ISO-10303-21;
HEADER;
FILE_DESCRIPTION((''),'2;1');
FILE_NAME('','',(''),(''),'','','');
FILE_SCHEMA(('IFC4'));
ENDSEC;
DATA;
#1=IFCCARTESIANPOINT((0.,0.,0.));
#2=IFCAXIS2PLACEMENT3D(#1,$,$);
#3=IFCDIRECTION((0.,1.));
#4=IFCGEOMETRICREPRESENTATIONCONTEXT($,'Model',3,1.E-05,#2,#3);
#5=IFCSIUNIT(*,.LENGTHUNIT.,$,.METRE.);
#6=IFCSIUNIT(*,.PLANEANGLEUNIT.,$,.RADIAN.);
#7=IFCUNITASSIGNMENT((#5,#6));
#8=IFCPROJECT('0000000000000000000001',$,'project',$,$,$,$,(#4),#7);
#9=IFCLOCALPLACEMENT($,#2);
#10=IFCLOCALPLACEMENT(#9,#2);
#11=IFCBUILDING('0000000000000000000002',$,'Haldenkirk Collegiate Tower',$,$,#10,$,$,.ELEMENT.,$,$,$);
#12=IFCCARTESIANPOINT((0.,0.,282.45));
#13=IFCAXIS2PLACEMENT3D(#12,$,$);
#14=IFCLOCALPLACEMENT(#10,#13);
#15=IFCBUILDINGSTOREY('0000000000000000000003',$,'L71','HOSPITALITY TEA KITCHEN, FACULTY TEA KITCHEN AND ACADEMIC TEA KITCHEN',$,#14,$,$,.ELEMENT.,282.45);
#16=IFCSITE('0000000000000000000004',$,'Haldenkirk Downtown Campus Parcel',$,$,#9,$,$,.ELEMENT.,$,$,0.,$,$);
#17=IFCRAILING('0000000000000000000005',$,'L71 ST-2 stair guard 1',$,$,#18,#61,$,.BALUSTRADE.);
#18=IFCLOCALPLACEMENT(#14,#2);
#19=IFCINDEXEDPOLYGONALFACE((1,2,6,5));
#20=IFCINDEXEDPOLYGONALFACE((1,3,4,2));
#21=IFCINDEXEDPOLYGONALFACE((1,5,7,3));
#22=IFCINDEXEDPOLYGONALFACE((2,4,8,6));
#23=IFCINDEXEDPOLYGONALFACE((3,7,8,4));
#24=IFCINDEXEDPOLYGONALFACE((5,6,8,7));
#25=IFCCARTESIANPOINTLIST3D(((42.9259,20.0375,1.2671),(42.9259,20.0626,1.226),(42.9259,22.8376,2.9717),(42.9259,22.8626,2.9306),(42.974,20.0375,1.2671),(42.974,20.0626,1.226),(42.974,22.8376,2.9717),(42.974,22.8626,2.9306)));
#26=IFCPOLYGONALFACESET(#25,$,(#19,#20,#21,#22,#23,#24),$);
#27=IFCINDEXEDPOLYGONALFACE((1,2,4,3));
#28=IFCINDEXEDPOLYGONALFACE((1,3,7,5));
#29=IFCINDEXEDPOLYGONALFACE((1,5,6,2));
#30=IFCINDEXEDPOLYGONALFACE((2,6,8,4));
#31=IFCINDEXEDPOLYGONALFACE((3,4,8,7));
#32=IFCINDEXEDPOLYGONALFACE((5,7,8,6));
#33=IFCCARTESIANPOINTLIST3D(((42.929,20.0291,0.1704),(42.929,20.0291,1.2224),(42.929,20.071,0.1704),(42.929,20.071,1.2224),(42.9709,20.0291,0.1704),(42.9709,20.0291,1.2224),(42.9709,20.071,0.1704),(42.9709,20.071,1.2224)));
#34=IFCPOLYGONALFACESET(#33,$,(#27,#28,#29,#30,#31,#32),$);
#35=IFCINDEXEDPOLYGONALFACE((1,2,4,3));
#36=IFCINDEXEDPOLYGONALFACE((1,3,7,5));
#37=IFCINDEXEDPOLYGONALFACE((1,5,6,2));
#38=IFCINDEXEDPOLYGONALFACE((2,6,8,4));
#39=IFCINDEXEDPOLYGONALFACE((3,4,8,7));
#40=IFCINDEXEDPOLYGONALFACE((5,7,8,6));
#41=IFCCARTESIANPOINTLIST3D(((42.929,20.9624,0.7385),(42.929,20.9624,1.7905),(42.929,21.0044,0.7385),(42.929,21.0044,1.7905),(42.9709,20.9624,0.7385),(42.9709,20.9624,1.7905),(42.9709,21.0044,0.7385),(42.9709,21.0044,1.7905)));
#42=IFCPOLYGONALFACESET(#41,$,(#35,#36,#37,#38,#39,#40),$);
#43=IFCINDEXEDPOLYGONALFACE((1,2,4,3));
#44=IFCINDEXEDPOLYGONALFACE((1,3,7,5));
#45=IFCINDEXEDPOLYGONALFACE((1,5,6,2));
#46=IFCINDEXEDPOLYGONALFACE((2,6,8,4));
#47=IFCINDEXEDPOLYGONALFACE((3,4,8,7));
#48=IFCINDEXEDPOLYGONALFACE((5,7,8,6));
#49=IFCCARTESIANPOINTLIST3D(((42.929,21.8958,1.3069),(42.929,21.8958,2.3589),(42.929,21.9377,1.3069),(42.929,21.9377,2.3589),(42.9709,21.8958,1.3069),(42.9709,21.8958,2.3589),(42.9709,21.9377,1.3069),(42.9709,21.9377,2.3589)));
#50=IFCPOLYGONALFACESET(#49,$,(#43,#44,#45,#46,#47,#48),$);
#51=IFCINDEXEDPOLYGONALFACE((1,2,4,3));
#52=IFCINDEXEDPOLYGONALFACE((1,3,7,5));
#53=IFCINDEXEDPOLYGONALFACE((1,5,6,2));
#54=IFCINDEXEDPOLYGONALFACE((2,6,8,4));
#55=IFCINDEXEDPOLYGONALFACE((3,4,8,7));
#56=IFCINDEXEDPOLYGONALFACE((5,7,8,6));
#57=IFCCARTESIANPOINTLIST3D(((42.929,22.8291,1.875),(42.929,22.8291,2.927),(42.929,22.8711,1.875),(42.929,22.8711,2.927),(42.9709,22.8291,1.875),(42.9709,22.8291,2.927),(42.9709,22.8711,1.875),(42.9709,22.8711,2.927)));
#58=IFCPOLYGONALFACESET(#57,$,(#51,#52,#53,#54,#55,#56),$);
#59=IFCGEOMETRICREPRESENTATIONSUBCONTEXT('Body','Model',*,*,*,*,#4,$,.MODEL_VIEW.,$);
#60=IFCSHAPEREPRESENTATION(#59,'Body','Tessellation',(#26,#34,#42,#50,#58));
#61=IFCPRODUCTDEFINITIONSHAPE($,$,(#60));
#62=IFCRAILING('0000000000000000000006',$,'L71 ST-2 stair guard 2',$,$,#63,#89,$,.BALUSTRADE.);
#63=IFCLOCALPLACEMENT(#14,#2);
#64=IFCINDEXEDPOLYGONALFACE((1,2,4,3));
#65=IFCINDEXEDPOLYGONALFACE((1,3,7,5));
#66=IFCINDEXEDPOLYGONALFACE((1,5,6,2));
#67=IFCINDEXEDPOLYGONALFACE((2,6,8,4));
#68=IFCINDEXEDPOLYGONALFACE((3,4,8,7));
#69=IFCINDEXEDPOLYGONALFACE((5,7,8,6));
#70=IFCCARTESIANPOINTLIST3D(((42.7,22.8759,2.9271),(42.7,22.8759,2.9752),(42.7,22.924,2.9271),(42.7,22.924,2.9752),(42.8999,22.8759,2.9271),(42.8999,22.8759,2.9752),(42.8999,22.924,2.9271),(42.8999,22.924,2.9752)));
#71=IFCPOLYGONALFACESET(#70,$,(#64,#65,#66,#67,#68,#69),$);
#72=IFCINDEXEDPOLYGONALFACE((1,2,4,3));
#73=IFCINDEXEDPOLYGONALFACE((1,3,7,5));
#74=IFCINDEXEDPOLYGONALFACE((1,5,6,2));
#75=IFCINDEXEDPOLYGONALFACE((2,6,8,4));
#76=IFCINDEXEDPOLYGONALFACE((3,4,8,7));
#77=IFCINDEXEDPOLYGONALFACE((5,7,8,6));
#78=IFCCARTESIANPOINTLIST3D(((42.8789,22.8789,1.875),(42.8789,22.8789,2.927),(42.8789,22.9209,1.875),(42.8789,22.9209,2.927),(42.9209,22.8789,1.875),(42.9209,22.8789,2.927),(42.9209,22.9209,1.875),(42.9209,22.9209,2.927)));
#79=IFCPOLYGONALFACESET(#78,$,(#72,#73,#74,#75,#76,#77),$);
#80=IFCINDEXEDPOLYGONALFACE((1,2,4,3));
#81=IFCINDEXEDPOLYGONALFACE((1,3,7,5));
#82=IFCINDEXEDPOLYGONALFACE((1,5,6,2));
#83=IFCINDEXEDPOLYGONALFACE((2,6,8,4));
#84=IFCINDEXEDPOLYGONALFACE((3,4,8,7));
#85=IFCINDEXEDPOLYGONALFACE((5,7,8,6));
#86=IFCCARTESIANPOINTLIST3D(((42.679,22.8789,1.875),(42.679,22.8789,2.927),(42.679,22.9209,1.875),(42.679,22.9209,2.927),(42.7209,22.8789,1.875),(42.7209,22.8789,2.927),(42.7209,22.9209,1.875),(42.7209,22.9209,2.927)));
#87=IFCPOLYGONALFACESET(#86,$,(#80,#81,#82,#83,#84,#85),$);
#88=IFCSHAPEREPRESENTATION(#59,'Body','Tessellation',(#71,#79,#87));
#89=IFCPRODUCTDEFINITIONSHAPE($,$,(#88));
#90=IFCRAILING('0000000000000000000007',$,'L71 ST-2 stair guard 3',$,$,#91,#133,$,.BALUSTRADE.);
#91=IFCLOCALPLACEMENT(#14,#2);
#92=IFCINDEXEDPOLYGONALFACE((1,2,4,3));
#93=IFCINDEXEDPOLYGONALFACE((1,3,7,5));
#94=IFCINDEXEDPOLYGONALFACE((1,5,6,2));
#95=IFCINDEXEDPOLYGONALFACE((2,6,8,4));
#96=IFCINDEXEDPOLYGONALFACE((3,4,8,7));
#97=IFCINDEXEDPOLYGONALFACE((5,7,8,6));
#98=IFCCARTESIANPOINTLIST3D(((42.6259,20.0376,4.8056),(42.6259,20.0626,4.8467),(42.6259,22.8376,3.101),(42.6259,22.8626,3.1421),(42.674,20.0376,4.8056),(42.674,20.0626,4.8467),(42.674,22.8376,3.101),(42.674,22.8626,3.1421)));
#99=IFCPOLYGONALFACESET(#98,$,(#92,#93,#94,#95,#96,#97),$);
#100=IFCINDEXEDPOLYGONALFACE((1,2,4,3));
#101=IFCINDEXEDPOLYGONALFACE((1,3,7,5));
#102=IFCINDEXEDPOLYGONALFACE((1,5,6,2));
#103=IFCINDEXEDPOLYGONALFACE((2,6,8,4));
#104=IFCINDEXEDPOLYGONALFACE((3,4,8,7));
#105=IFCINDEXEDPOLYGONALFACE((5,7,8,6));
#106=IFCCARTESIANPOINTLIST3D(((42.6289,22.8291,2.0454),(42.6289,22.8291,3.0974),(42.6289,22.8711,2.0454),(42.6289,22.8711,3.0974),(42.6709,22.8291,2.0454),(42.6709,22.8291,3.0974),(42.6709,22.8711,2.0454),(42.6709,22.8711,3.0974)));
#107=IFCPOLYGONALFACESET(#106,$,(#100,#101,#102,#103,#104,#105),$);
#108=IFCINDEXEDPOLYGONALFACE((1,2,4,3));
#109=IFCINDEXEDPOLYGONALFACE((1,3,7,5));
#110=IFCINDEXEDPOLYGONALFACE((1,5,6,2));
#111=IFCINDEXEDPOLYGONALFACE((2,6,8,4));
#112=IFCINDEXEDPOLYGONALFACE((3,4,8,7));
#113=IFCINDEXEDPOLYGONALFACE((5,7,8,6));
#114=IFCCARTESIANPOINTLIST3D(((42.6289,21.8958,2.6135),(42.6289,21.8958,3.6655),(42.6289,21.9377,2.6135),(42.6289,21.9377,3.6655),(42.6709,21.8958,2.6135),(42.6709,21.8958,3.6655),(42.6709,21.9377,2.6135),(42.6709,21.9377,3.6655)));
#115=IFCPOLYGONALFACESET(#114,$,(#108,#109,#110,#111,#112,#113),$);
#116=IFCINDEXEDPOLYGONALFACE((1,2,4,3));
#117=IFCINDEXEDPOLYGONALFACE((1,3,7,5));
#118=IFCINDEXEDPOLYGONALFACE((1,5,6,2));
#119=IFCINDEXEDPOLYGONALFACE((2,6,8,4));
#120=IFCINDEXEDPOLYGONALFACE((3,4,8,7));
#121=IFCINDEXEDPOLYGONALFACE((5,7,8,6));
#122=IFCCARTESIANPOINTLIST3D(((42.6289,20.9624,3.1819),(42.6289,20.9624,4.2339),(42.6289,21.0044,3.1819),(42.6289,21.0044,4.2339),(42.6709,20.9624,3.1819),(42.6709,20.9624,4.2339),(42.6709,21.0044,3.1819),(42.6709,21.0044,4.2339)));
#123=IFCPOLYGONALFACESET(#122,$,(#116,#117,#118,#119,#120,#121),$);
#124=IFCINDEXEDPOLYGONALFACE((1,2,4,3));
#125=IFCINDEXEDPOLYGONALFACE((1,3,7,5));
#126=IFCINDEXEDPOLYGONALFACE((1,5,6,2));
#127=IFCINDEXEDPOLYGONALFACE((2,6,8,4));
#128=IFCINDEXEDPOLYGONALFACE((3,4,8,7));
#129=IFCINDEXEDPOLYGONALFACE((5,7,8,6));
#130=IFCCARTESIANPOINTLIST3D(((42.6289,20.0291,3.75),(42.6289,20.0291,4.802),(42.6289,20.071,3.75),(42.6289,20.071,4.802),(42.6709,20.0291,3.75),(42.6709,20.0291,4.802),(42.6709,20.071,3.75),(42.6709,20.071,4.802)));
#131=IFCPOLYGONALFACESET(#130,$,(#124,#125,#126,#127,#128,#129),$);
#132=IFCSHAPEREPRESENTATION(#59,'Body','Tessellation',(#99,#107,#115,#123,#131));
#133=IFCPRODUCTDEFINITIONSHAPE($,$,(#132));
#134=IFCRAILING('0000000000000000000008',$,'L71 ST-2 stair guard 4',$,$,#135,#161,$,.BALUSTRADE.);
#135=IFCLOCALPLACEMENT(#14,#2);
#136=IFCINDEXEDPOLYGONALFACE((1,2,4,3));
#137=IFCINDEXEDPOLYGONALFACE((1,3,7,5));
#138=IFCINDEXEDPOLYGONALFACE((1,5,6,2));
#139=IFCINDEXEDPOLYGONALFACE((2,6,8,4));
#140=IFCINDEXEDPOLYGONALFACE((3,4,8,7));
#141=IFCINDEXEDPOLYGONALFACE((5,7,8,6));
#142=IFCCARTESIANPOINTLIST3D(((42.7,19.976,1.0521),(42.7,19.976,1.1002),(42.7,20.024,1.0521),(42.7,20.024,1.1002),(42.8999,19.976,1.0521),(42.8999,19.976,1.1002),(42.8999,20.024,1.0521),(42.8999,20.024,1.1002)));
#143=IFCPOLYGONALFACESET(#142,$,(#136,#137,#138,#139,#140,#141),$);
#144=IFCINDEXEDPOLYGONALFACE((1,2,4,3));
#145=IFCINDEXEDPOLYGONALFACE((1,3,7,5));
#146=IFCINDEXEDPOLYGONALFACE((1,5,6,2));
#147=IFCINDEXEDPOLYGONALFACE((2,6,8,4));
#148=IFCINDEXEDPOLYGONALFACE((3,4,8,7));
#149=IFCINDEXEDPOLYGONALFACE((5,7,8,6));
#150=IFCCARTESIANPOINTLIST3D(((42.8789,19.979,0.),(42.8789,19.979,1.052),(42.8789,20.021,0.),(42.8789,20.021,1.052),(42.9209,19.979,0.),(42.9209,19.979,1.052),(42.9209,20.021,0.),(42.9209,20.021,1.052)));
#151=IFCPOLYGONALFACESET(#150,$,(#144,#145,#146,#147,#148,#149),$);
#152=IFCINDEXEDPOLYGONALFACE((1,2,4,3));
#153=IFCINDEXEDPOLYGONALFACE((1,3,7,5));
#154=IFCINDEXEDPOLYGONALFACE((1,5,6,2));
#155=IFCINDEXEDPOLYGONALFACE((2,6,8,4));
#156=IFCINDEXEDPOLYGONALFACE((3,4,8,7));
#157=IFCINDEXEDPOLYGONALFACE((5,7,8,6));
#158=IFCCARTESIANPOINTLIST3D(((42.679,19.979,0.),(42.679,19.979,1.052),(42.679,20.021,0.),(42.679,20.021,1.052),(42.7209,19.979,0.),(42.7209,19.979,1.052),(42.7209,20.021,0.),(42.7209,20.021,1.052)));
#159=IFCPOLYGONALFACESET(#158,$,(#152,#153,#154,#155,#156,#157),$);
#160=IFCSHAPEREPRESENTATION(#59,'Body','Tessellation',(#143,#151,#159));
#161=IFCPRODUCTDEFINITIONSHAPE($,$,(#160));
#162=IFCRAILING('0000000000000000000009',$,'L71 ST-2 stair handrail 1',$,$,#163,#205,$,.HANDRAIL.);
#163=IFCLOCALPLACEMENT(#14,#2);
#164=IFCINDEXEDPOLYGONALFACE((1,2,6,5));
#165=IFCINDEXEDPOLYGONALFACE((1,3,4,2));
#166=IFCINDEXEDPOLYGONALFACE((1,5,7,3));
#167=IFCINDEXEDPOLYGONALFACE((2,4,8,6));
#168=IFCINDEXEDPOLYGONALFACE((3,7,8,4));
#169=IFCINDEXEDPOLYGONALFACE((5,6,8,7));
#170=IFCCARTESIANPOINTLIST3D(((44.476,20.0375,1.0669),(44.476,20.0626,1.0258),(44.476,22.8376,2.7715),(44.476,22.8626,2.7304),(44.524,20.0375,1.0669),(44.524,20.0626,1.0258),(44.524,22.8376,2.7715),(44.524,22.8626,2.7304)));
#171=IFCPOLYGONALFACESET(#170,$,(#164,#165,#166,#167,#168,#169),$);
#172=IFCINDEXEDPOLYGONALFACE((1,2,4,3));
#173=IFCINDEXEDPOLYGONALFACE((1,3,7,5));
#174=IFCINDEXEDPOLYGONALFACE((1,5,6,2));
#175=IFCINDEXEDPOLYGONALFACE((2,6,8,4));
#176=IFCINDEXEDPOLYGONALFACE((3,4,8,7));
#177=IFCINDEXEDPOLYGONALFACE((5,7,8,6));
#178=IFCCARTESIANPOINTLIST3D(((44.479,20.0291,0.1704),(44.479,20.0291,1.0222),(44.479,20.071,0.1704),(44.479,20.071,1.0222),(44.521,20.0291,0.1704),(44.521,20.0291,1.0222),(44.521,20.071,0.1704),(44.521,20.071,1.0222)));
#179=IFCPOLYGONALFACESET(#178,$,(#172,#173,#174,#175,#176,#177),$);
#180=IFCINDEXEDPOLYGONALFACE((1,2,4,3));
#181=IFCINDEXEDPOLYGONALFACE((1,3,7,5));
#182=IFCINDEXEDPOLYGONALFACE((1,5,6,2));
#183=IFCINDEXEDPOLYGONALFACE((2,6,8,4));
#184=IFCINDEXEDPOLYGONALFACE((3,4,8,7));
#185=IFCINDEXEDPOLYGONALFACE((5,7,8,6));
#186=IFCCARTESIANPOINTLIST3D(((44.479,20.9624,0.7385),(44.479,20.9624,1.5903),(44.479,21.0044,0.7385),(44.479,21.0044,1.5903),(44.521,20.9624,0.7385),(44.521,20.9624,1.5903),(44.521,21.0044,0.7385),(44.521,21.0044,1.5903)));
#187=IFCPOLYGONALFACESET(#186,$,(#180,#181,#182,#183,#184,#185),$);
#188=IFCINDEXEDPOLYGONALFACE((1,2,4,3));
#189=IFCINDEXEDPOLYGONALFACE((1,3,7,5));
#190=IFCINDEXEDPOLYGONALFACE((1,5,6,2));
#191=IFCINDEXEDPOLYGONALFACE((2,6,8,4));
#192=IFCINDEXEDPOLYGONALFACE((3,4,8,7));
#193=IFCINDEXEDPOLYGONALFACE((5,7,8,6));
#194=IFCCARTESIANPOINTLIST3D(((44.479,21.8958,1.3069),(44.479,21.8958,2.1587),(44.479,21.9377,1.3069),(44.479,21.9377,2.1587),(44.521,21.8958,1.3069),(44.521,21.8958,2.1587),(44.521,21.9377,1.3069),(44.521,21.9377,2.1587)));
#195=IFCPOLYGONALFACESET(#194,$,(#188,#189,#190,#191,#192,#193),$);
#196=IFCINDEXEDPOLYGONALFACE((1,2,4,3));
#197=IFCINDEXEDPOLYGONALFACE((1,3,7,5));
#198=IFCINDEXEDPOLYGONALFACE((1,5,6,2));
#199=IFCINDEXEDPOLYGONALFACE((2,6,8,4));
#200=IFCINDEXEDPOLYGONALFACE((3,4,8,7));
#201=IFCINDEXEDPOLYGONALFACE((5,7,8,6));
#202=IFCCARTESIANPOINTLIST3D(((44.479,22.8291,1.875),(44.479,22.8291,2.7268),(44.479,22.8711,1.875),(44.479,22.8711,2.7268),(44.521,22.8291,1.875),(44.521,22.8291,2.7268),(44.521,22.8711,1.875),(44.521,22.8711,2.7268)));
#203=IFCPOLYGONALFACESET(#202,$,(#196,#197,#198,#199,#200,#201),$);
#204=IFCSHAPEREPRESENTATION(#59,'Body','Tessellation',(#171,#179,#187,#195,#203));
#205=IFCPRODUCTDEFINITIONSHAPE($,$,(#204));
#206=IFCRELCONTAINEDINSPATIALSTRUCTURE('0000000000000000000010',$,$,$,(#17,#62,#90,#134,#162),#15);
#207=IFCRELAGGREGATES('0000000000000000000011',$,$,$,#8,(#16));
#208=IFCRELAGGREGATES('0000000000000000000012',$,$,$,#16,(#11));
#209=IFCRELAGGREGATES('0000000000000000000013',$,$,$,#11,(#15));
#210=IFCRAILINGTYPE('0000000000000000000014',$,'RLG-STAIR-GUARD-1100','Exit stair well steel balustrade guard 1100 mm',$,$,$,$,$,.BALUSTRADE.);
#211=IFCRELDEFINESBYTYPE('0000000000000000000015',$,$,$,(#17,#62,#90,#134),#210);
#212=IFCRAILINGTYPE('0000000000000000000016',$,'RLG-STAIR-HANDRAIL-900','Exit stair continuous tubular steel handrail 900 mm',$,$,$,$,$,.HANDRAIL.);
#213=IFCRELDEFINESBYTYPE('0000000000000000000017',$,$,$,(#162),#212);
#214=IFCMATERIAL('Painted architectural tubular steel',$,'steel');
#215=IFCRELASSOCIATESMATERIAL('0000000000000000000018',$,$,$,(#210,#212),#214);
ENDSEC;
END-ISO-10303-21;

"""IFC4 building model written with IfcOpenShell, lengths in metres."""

from ifc_helpers import new_model, si_unit, direction, frame, origin, origin_2d, place, context, subcontext, project, spatial, rectangle, extrude, material, type_object, element, save


model = new_model("IFC4")

# Units and contexts
model_context = context("Model", 3, precision=1e-05, world=origin(), true_north=direction((0.0, 1.0)))
body_context = subcontext(model_context, "Body", "Model", "MODEL_VIEW")
ifc_project = project(units=[si_unit("LENGTHUNIT", "METRE"), si_unit("PLANEANGLEUNIT", "RADIAN")], contexts=[model_context])

# Site, building, storey
site_placement = place(None, origin())
site = spatial("IfcSite", under=ifc_project, at=site_placement, Name="Haldenkirk Downtown Campus Parcel", CompositionType="ELEMENT", RefElevation=0.0)
building_placement = place(site_placement, origin())
building = spatial("IfcBuilding", under=site, at=building_placement, Name="Haldenkirk Collegiate Tower", CompositionType="ELEMENT")
storey_placement = place(building_placement, frame((0.0, 0.0, 282.45)))
storey = spatial("IfcBuildingStorey", under=building, at=storey_placement, Name="L71", Description="HOSPITALITY TEA KITCHEN, FACULTY TEA KITCHEN AND ACADEMIC TEA KITCHEN", CompositionType="ELEMENT", Elevation=282.45)

# Railings
ifc_material_1 = material(Name="Painted architectural tubular steel", Category="steel")
railing_type_1 = type_object("IfcRailingType", Name="RLG-STAIR-GUARD-1100", Description="Exit stair well steel balustrade guard 1100 mm", PredefinedType="BALUSTRADE", material=ifc_material_1)
railing_1_placement = place(storey_placement, frame((42.95, 20.05, 0.1704)))
element("IfcRailing", 1, at=railing_1_placement, inside=storey, type_object=railing_type_1, Name="L71 ST-2 stair guard 1", PredefinedType="BALUSTRADE", context=body_context, shape_type="SweptSolid", body=[
    extrude(rectangle(XDim=0.0481, YDim=0.0481, at=origin_2d()), frame((0.0, 0.0, 1.0762), z_axis=(0.0, 0.85417, 0.519994), x_axis=(-1.0, 0.0, 0.0)), (0.0, 0.0, 1.0), 3.2781),
    extrude(rectangle(XDim=0.042, YDim=0.042, at=origin_2d()), origin(), (0.0, 0.0, 1.0), 1.052),
    extrude(rectangle(XDim=0.042, YDim=0.042, at=origin_2d()), frame((0.0, 0.9333, 0.5681)), (0.0, 0.0, 1.0), 1.052),
    extrude(rectangle(XDim=0.042, YDim=0.042, at=origin_2d()), frame((0.0, 1.8667, 1.1365)), (0.0, 0.0, 1.0), 1.052),
    extrude(rectangle(XDim=0.042, YDim=0.042, at=origin_2d()), frame((0.0, 2.8, 1.7046)), (0.0, 0.0, 1.0), 1.052),
])
railing_2_placement = place(storey_placement, frame((42.8999, 22.8999, 1.875)))
element("IfcRailing", 2, at=railing_2_placement, inside=storey, type_object=railing_type_1, Name="L71 ST-2 stair guard 2", PredefinedType="BALUSTRADE", context=body_context, shape_type="SweptSolid", body=[
    extrude(rectangle(XDim=0.0481, YDim=0.0481, at=origin_2d()), frame((0.0, 0.0, 1.0762), z_axis=(-1.0, 0.0, 0.0), x_axis=(0.0, -1.0, 0.0)), (0.0, 0.0, 1.0), 0.2),
    extrude(rectangle(XDim=0.042, YDim=0.042, at=origin_2d()), origin(), (0.0, 0.0, 1.0), 1.052),
    extrude(rectangle(XDim=0.042, YDim=0.042, at=origin_2d()), frame((-0.2, 0.0, 0.0)), (0.0, 0.0, 1.0), 1.052),
])
railing_3_placement = place(storey_placement, frame((42.6499, 22.8501, 2.0454)))
element("IfcRailing", 3, at=railing_3_placement, inside=storey, type_object=railing_type_1, Name="L71 ST-2 stair guard 3", PredefinedType="BALUSTRADE", context=body_context, shape_type="SweptSolid", body=[
    extrude(rectangle(XDim=0.0481, YDim=0.0481, at=origin_2d()), frame((0.0, 0.0, 1.0762), z_axis=(0.0, -0.85417, 0.519994), x_axis=(1.0, 0.0, 0.0)), (0.0, 0.0, 1.0), 3.2781),
    extrude(rectangle(XDim=0.042, YDim=0.042, at=origin_2d()), origin(), (0.0, 0.0, 1.0), 1.052),
    extrude(rectangle(XDim=0.042, YDim=0.042, at=origin_2d()), frame((0.0, -0.9333, 0.5681)), (0.0, 0.0, 1.0), 1.052),
    extrude(rectangle(XDim=0.042, YDim=0.042, at=origin_2d()), frame((0.0, -1.8667, 1.1365)), (0.0, 0.0, 1.0), 1.052),
    extrude(rectangle(XDim=0.042, YDim=0.042, at=origin_2d()), frame((0.0, -2.8, 1.7046)), (0.0, 0.0, 1.0), 1.052),
])
railing_4_placement = place(storey_placement, frame((42.8999, 20.0, 0.0)))
element("IfcRailing", 4, at=railing_4_placement, inside=storey, type_object=railing_type_1, Name="L71 ST-2 stair guard 4", PredefinedType="BALUSTRADE", context=body_context, shape_type="SweptSolid", body=[
    extrude(rectangle(XDim=0.0481, YDim=0.0481, at=origin_2d()), frame((0.0, 0.0, 1.0762), z_axis=(-1.0, 0.0, 0.0), x_axis=(0.0, -1.0, 0.0)), (0.0, 0.0, 1.0), 0.2),
    extrude(rectangle(XDim=0.042, YDim=0.042, at=origin_2d()), origin(), (0.0, 0.0, 1.0), 1.052),
    extrude(rectangle(XDim=0.042, YDim=0.042, at=origin_2d()), frame((-0.2, 0.0, 0.0)), (0.0, 0.0, 1.0), 1.052),
])
railing_type_2 = type_object("IfcRailingType", Name="RLG-STAIR-HANDRAIL-900", Description="Exit stair continuous tubular steel handrail 900 mm", PredefinedType="HANDRAIL", material=ifc_material_1)
railing_5_placement = place(storey_placement, frame((44.5, 20.05, 0.1704)))
element("IfcRailing", 5, at=railing_5_placement, inside=storey, type_object=railing_type_2, Name="L71 ST-2 stair handrail 1", PredefinedType="HANDRAIL", context=body_context, shape_type="SweptSolid", body=[
    extrude(rectangle(XDim=0.0481, YDim=0.0481, at=origin_2d()), frame((0.0, 0.0, 0.876), z_axis=(0.0, 0.85417, 0.519994), x_axis=(-1.0, 0.0, 0.0)), (0.0, 0.0, 1.0), 3.2781),
    extrude(rectangle(XDim=0.042, YDim=0.042, at=origin_2d()), origin(), (0.0, 0.0, 1.0), 0.8518),
    extrude(rectangle(XDim=0.042, YDim=0.042, at=origin_2d()), frame((0.0, 0.9333, 0.5681)), (0.0, 0.0, 1.0), 0.8518),
    extrude(rectangle(XDim=0.042, YDim=0.042, at=origin_2d()), frame((0.0, 1.8667, 1.1365)), (0.0, 0.0, 1.0), 0.8518),
    extrude(rectangle(XDim=0.042, YDim=0.042, at=origin_2d()), frame((0.0, 2.8, 1.7046)), (0.0, 0.0, 1.0), 0.8518),
])

save(model, "model.ifc")
